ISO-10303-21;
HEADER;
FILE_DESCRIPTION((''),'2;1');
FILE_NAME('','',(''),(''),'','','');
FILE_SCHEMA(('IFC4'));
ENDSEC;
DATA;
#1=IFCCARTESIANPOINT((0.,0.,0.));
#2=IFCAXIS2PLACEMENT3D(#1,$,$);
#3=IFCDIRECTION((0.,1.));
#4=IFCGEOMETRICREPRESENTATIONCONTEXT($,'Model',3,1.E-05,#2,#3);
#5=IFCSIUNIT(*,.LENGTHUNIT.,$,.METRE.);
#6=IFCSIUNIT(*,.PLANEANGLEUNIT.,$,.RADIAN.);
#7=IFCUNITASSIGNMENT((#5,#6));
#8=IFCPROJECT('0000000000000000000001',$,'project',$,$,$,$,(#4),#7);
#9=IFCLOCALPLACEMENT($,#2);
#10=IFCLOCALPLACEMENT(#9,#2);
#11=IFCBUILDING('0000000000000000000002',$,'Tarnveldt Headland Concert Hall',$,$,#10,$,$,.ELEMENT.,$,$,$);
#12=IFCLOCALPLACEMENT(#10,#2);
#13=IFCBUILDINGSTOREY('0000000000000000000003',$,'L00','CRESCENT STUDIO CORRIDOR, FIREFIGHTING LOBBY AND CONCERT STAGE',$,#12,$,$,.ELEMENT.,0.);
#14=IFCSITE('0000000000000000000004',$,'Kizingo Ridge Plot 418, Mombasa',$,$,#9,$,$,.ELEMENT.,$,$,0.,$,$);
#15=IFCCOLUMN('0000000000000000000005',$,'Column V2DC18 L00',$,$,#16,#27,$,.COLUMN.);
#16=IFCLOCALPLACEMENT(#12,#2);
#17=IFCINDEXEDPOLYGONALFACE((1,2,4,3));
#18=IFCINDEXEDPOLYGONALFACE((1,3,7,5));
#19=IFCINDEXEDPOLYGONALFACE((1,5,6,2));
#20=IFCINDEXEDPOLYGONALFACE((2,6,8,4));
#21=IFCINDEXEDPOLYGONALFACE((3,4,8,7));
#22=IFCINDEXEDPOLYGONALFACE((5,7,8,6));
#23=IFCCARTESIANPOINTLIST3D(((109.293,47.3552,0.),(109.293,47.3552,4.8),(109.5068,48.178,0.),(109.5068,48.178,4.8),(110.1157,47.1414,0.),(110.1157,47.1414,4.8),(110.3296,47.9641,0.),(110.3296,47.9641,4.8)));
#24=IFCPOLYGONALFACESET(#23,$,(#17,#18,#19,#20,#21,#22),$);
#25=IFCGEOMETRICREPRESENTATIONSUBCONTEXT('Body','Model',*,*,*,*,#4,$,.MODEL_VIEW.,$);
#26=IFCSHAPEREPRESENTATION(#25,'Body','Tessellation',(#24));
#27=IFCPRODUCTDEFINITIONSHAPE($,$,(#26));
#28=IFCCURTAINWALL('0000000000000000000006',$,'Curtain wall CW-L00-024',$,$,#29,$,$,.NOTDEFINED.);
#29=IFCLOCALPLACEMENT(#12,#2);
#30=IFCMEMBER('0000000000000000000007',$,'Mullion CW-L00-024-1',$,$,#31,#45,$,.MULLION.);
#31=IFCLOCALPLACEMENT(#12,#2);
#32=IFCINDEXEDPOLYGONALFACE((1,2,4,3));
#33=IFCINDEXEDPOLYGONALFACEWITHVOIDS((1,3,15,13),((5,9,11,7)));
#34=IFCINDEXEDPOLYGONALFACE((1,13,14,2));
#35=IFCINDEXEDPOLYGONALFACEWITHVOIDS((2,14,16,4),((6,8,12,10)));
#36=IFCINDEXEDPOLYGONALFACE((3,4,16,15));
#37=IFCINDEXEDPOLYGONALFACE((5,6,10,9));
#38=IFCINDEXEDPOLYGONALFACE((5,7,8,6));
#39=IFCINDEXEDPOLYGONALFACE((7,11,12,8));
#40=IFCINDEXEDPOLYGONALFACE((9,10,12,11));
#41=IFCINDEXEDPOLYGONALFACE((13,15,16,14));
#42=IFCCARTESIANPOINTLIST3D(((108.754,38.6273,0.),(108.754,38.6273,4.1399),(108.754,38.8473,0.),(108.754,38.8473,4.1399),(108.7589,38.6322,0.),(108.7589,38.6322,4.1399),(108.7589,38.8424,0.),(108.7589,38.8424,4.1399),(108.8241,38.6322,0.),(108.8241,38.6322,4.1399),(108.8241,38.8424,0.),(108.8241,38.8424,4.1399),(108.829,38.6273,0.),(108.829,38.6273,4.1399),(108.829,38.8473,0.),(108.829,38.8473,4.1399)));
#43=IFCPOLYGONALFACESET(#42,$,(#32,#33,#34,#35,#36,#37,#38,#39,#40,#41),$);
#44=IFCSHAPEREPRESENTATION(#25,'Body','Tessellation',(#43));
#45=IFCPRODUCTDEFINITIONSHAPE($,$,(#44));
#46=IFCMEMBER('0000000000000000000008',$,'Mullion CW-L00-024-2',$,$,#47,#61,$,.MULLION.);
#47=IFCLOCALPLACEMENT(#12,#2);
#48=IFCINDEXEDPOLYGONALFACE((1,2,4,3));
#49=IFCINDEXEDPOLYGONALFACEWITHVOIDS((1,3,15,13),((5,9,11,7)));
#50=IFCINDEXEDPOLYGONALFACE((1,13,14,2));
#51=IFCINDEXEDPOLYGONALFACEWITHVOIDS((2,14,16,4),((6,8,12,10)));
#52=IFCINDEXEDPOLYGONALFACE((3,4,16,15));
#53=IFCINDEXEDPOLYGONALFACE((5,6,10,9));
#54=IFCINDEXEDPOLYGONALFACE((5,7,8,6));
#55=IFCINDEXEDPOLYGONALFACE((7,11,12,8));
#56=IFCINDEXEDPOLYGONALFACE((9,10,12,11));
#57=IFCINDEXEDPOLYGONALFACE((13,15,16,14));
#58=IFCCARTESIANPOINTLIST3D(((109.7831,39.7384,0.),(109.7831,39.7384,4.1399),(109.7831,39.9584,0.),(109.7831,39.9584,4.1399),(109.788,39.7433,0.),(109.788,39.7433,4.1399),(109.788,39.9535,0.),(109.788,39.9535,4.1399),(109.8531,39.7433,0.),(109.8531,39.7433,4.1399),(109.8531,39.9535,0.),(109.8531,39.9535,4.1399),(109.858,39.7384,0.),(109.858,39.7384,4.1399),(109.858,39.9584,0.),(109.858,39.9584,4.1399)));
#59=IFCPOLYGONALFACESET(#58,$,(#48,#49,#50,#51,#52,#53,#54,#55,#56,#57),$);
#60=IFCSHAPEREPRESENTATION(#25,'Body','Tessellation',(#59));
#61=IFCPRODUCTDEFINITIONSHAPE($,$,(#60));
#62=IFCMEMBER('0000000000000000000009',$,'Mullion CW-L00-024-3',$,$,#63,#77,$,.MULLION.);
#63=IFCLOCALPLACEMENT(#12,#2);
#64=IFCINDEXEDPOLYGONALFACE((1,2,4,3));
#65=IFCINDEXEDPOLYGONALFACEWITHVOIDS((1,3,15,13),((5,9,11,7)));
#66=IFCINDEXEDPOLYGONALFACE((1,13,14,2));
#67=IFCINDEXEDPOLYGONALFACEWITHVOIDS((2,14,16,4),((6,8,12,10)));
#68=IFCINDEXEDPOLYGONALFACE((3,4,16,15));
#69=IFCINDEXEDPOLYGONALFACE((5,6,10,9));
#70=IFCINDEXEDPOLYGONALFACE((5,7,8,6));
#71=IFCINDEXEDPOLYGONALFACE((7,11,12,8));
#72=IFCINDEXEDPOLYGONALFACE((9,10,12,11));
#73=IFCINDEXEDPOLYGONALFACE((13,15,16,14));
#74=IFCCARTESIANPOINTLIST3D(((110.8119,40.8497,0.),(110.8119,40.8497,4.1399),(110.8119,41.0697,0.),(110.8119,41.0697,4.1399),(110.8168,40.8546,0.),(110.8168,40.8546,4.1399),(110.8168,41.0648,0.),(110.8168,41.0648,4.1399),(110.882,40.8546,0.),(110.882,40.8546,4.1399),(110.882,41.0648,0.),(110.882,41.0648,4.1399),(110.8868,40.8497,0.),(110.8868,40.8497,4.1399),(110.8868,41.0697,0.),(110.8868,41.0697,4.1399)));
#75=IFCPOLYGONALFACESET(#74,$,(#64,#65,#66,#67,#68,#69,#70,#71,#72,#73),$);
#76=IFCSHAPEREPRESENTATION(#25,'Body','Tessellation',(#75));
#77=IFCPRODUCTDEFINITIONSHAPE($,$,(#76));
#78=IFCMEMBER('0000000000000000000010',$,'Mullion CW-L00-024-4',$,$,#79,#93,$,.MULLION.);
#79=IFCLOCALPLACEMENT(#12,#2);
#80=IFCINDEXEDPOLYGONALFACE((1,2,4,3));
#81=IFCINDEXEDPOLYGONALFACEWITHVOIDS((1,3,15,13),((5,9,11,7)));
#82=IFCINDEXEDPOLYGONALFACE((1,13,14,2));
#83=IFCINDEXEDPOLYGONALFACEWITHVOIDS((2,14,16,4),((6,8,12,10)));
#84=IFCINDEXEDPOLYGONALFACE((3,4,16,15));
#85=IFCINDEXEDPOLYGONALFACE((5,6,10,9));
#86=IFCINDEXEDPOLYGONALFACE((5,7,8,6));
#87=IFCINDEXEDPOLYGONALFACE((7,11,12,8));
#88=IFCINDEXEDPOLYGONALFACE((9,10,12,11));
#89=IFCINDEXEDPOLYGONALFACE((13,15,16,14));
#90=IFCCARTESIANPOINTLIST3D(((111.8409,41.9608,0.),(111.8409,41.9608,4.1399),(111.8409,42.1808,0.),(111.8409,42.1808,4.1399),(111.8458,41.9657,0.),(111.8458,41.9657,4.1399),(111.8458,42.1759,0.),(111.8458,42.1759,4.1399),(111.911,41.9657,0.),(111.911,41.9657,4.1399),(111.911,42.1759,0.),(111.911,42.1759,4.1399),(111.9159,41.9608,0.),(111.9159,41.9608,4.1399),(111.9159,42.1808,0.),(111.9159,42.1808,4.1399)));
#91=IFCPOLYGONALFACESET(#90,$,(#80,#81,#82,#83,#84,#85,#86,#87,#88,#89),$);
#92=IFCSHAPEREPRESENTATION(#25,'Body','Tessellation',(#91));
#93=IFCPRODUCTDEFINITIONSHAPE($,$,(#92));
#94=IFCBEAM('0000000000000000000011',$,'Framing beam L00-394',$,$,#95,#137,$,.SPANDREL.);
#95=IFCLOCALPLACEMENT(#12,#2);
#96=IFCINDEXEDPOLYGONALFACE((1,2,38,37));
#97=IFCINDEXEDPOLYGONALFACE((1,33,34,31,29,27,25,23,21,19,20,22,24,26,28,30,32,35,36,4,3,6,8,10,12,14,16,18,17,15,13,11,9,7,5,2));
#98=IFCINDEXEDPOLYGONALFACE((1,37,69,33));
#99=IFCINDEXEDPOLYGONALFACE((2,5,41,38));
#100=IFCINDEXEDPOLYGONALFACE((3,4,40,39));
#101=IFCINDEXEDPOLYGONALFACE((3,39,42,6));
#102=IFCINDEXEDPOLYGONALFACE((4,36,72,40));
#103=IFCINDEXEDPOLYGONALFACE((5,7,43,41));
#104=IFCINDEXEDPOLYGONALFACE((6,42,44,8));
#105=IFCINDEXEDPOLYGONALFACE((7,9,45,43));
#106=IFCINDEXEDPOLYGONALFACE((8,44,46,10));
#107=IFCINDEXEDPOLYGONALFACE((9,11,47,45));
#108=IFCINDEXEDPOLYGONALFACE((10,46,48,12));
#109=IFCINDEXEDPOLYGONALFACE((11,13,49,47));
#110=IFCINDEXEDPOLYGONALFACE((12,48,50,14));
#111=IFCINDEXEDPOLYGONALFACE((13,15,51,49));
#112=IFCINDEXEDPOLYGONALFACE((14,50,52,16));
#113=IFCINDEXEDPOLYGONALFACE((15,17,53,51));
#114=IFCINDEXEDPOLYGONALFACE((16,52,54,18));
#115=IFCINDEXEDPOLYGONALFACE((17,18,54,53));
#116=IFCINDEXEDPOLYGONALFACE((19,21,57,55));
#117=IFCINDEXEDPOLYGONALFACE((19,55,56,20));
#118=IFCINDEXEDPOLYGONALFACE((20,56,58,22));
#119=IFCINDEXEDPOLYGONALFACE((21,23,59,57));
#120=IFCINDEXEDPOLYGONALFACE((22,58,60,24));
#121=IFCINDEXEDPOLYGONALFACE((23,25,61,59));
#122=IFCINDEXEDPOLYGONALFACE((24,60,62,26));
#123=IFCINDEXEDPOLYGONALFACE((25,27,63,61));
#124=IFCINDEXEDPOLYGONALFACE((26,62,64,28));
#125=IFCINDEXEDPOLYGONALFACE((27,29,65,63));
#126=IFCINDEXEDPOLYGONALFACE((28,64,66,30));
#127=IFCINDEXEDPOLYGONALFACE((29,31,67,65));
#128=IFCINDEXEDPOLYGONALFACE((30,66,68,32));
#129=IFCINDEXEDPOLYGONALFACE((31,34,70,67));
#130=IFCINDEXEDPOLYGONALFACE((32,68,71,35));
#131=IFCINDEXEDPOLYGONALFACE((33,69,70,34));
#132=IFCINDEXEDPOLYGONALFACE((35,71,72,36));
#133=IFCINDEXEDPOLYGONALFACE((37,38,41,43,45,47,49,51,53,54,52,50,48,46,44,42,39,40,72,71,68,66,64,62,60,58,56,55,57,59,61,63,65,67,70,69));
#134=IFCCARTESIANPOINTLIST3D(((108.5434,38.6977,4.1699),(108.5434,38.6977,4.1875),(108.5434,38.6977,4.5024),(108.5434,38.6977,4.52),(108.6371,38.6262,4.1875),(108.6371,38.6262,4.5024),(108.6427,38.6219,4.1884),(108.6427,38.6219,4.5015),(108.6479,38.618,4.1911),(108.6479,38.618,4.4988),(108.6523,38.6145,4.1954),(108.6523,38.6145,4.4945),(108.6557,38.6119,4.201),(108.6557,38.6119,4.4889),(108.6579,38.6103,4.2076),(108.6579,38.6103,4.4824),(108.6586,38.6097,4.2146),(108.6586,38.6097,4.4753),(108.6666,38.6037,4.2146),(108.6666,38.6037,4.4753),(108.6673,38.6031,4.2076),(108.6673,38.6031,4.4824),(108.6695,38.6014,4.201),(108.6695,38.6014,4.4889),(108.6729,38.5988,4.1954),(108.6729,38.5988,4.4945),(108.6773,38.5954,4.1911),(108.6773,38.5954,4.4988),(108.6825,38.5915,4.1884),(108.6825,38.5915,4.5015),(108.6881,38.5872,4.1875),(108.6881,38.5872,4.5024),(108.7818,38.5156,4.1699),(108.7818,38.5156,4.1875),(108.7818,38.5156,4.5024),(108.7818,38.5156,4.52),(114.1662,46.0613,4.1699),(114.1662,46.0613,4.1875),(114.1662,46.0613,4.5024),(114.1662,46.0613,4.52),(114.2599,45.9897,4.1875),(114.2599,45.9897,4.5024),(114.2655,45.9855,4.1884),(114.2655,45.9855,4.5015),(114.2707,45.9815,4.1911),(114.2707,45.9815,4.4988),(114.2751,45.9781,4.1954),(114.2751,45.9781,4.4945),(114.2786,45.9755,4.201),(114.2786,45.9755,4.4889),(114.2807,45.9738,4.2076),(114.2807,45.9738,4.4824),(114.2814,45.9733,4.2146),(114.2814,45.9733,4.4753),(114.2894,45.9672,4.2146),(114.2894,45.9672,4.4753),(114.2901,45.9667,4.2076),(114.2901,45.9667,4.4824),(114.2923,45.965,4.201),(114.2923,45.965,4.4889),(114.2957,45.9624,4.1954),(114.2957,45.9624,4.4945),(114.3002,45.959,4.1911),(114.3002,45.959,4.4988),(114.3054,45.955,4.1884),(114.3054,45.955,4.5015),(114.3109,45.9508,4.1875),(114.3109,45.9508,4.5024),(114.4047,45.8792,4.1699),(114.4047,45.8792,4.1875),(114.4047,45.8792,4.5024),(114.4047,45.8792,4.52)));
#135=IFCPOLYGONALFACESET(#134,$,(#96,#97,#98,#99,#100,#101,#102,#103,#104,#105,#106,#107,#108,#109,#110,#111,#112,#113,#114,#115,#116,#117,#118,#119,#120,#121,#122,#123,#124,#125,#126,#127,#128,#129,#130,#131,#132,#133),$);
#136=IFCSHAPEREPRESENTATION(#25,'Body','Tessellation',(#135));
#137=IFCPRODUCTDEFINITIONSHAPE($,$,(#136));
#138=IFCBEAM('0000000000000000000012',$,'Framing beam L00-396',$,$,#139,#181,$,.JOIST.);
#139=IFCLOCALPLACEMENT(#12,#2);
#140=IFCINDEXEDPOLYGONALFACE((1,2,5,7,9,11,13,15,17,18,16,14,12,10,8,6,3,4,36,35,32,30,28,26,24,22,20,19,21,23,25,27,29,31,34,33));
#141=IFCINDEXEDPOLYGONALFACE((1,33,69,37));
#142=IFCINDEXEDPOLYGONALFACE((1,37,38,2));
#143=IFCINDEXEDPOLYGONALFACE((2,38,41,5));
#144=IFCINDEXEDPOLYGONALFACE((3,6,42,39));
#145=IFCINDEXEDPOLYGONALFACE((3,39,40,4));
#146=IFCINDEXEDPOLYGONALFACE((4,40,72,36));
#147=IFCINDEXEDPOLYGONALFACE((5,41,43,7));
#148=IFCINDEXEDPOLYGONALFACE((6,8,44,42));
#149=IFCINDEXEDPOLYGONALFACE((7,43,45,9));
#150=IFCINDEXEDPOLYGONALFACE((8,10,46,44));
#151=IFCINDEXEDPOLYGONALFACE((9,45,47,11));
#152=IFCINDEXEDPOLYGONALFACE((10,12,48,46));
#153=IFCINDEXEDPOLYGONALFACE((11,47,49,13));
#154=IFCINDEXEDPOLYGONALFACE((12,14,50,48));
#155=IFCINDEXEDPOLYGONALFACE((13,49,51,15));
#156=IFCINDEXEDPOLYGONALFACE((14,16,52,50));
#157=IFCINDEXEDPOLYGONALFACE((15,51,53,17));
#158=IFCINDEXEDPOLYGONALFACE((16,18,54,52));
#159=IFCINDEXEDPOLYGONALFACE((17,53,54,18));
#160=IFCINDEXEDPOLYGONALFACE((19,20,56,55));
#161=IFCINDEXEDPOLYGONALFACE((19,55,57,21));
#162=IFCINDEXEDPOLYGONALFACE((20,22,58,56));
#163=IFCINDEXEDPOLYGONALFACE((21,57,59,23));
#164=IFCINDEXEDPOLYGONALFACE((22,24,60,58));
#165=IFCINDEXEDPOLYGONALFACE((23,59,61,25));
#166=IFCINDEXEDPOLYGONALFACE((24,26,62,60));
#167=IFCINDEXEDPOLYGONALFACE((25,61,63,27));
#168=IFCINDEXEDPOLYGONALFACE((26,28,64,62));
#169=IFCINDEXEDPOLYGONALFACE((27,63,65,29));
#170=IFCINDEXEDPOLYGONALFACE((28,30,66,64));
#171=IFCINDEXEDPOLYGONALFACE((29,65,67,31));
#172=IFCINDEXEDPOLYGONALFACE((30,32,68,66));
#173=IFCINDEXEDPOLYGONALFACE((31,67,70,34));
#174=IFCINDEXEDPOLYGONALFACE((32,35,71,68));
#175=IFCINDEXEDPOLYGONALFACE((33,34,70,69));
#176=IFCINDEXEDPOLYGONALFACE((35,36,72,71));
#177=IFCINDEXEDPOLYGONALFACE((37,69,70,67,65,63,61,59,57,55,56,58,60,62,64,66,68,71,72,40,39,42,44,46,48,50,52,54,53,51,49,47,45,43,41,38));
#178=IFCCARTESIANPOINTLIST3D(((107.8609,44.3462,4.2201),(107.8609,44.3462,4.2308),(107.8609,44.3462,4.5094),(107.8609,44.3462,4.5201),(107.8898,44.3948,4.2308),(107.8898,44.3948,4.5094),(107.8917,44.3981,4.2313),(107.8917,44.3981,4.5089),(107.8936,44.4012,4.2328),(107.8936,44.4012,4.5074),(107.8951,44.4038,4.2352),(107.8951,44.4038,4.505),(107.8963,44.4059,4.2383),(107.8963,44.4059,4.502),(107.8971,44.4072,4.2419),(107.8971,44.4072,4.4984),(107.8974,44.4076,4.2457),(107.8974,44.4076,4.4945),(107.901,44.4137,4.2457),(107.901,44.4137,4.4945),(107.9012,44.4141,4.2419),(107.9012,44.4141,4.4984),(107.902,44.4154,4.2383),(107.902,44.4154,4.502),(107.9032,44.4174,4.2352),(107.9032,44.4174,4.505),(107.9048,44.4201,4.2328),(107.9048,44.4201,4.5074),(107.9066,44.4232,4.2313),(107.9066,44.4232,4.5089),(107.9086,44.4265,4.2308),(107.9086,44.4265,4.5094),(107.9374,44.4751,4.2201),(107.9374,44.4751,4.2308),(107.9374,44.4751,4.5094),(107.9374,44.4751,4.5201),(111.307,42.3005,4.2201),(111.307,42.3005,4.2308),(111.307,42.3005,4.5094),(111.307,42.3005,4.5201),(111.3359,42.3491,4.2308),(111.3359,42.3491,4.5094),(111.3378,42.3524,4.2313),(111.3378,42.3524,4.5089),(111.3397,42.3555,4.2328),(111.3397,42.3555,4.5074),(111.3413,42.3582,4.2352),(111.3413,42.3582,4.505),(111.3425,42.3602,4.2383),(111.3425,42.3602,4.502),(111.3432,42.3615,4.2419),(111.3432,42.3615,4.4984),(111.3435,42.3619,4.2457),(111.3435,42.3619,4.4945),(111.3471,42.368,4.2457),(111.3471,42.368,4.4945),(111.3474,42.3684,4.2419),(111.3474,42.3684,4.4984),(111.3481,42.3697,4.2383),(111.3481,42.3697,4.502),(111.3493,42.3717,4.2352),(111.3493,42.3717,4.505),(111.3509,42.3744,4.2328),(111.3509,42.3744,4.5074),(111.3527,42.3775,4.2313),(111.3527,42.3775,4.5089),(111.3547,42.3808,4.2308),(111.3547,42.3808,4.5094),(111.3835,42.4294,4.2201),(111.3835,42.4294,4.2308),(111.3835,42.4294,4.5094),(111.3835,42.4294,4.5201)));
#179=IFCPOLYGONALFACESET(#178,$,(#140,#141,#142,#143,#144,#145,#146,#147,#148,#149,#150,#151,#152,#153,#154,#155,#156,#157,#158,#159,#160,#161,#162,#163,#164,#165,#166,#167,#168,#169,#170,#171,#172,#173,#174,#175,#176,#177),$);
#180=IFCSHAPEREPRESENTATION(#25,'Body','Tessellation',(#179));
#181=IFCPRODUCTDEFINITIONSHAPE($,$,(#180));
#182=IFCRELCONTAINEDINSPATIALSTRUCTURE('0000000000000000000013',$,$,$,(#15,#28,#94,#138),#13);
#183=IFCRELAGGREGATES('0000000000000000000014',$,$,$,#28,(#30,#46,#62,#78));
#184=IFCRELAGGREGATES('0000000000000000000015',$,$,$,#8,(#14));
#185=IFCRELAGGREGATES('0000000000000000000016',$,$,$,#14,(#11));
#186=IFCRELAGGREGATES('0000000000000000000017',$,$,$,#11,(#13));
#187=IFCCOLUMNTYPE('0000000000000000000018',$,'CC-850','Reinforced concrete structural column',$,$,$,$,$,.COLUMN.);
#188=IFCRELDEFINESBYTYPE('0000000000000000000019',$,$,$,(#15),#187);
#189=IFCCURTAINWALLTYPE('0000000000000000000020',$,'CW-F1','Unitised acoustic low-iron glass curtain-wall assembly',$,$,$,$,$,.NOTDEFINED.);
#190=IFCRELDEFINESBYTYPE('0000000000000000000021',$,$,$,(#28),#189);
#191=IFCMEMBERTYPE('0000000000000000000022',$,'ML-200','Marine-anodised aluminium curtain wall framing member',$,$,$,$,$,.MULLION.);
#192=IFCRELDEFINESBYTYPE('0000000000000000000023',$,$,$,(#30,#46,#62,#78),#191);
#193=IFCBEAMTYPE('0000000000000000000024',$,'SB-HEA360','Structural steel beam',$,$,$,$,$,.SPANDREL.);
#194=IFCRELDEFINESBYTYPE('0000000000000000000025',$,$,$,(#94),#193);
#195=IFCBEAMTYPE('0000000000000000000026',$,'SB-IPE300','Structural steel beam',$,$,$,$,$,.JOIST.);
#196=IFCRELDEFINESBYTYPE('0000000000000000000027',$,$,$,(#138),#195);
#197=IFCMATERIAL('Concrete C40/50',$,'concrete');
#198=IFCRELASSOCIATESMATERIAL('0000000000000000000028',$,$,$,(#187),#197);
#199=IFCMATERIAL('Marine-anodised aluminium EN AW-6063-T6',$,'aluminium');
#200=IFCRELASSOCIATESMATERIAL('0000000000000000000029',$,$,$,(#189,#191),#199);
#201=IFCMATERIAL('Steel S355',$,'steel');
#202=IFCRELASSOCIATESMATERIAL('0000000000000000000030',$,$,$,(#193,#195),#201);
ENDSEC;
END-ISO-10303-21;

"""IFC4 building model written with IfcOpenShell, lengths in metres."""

from ifc_helpers import new_model, si_unit, direction, frame, origin, origin_2d, place, context, subcontext, project, spatial, rectangle, hollow_rectangle, i_section, extrude, material, material_profile, profile_set, type_object, element, aggregate, save


model = new_model("IFC4")

# Units and contexts
model_context = context("Model", 3, precision=1e-05, world=origin(), true_north=direction((0.0, 1.0)))
body_context = subcontext(model_context, "Body", "Model", "MODEL_VIEW")
ifc_project = project(units=[si_unit("LENGTHUNIT", "METRE"), si_unit("PLANEANGLEUNIT", "RADIAN")], contexts=[model_context])

# Site, building, storey
site_placement = place(None, origin())
site = spatial("IfcSite", under=ifc_project, at=site_placement, Name="Kizingo Ridge Plot 418, Mombasa", CompositionType="ELEMENT", RefElevation=0.0)
building_placement = place(site_placement, origin())
building = spatial("IfcBuilding", under=site, at=building_placement, Name="Tarnveldt Headland Concert Hall", CompositionType="ELEMENT")
storey_placement = place(building_placement, origin())
storey = spatial("IfcBuildingStorey", under=building, at=storey_placement, Name="L00", Description="CRESCENT STUDIO CORRIDOR, FIREFIGHTING LOBBY AND CONCERT STAGE", CompositionType="ELEMENT", Elevation=0.0)

# Column
ifc_material_1 = material(Name="Concrete C40/50", Category="concrete")
ifc_material_profile_1 = material_profile(ifc_material_1, rectangle(XDim=0.8501, YDim=0.8501, at=origin_2d()), Name="RC 850x850", Category="concrete")
ifc_profile_set_1 = profile_set([ifc_material_profile_1], Name="Concrete C40/50")
column_type = type_object("IfcColumnType", Name="CC-850", Description="Reinforced concrete structural column", PredefinedType="COLUMN", material=ifc_profile_set_1)
column_placement = place(storey_placement, frame((109.8113, 47.6597, 0.0), z_axis=(0.0, 0.0, 1.0), x_axis=(0.967841, -0.251563, 0.0)))
element("IfcColumn", 1, at=column_placement, inside=storey, type_object=column_type, Name="Column V2DC18 L00", PredefinedType="COLUMN", context=body_context, shape_type="SweptSolid", body=[
    extrude(rectangle(XDim=0.8501, YDim=0.8501, at=origin_2d()), origin(), (0.0, 0.0, 1.0), 4.8),
])

# Curtain wall, members
ifc_material_2 = material(Name="Marine-anodised aluminium EN AW-6063-T6", Category="aluminium")
curtain_wall_type = type_object("IfcCurtainWallType", Name="CW-F1", Description="Unitised acoustic low-iron glass curtain-wall assembly", PredefinedType="NOTDEFINED", material=ifc_material_2)
curtain_wall_placement = place(storey_placement, origin())
curtain_wall = element("IfcCurtainWall", 2, at=curtain_wall_placement, inside=storey, type_object=curtain_wall_type, Name="Curtain wall CW-L00-024", PredefinedType="NOTDEFINED")
ifc_material_profile_2 = material_profile(ifc_material_2, hollow_rectangle(XDim=0.075, YDim=0.22, WallThickness=0.0049, at=origin_2d()), Name="ALU MULLION 75x220x5", Category="aluminium")
ifc_profile_set_2 = profile_set([ifc_material_profile_2], Name="Marine-anodised aluminium EN AW-6063-T6")
member_type_1 = type_object("IfcMemberType", Name="ML-200", Description="Marine-anodised aluminium curtain wall framing member", PredefinedType="MULLION", material=ifc_profile_set_2)
member_1_placement = place(storey_placement, frame((108.7915, 38.7373, 0.0), z_axis=(0.0, 0.0, 1.0), x_axis=(1.0, 0.0, 0.0)))
member_1 = element("IfcMember", 3, at=member_1_placement, type_object=member_type_1, Name="Mullion CW-L00-024-1", PredefinedType="MULLION", context=body_context, shape_type="SweptSolid", body=[
    extrude(hollow_rectangle(XDim=0.075, YDim=0.22, WallThickness=0.0049, at=origin_2d()), origin(), (0.0, 0.0, 1.0), 4.1399),
])
member_2_placement = place(storey_placement, frame((109.8206, 39.8484, 0.0), z_axis=(0.0, 0.0, 1.0), x_axis=(1.0, 0.0, 0.0)))
member_2 = element("IfcMember", 4, at=member_2_placement, type_object=member_type_1, Name="Mullion CW-L00-024-2", PredefinedType="MULLION", context=body_context, shape_type="SweptSolid", body=[
    extrude(hollow_rectangle(XDim=0.075, YDim=0.22, WallThickness=0.0049, at=origin_2d()), origin(), (0.0, 0.0, 1.0), 4.1399),
])
member_3_placement = place(storey_placement, frame((110.8494, 40.9597, 0.0), z_axis=(0.0, 0.0, 1.0), x_axis=(1.0, 0.0, 0.0)))
member_3 = element("IfcMember", 5, at=member_3_placement, type_object=member_type_1, Name="Mullion CW-L00-024-3", PredefinedType="MULLION", context=body_context, shape_type="SweptSolid", body=[
    extrude(hollow_rectangle(XDim=0.075, YDim=0.22, WallThickness=0.0049, at=origin_2d()), origin(), (0.0, 0.0, 1.0), 4.1399),
])
member_4_placement = place(storey_placement, frame((111.8784, 42.0708, 0.0), z_axis=(0.0, 0.0, 1.0), x_axis=(1.0, 0.0, 0.0)))
member_4 = element("IfcMember", 6, at=member_4_placement, type_object=member_type_1, Name="Mullion CW-L00-024-4", PredefinedType="MULLION", context=body_context, shape_type="SweptSolid", body=[
    extrude(hollow_rectangle(XDim=0.075, YDim=0.22, WallThickness=0.0049, at=origin_2d()), origin(), (0.0, 0.0, 1.0), 4.1399),
])

# Beams
ifc_material_3 = material(Name="Steel S355", Category="steel")
ifc_material_profile_3 = material_profile(ifc_material_3, i_section(OverallWidth=0.3, OverallDepth=0.3501, WebThickness=0.01, FlangeThickness=0.0176, FilletRadius=0.0271, at=origin_2d()), Name="HEA360", Category="steel")
ifc_profile_set_3 = profile_set([ifc_material_profile_3], Name="Steel S355")
beam_type_1 = type_object("IfcBeamType", Name="SB-HEA360", Description="Structural steel beam", PredefinedType="SPANDREL", material=ifc_profile_set_3)
beam_1_placement = place(storey_placement, frame((108.6626, 38.6067, 4.345), z_axis=(0.606896, 0.794781, 0.0), x_axis=(-0.794781, 0.606896, 0.0)))
element("IfcBeam", 7, at=beam_1_placement, inside=storey, type_object=beam_type_1, Name="Framing beam L00-394", PredefinedType="SPANDREL", context=body_context, shape_type="SweptSolid", body=[
    extrude(i_section(OverallWidth=0.3, OverallDepth=0.3501, WebThickness=0.01, FlangeThickness=0.0176, FilletRadius=0.0271, at=origin_2d()), origin(), (0.0, 0.0, 1.0), 9.2649),
])
ifc_material_profile_4 = material_profile(ifc_material_3, i_section(OverallWidth=0.1499, OverallDepth=0.3, WebThickness=0.0071, FlangeThickness=0.0107, FilletRadius=0.0149, at=origin_2d()), Name="IPE300", Category="steel")
ifc_profile_set_4 = profile_set([ifc_material_profile_4], Name="Steel S355")
beam_type_2 = type_object("IfcBeamType", Name="SB-IPE300", Description="Structural steel beam", PredefinedType="JOIST", material=ifc_profile_set_4)
beam_2_placement = place(storey_placement, frame((107.8992, 44.4106, 4.3701), z_axis=(0.859902, -0.510459, 0.0), x_axis=(0.510459, 0.859902, 0.0)))
element("IfcBeam", 8, at=beam_2_placement, inside=storey, type_object=beam_type_2, Name="Framing beam L00-396", PredefinedType="JOIST", context=body_context, shape_type="SweptSolid", body=[
    extrude(i_section(OverallWidth=0.1499, OverallDepth=0.3, WebThickness=0.0071, FlangeThickness=0.0107, FilletRadius=0.0149, at=origin_2d()), origin(), (0.0, 0.0, 1.0), 4.0076),
])

aggregate(curtain_wall, [member_1, member_2, member_3, member_4])

save(model, "model.ifc")
